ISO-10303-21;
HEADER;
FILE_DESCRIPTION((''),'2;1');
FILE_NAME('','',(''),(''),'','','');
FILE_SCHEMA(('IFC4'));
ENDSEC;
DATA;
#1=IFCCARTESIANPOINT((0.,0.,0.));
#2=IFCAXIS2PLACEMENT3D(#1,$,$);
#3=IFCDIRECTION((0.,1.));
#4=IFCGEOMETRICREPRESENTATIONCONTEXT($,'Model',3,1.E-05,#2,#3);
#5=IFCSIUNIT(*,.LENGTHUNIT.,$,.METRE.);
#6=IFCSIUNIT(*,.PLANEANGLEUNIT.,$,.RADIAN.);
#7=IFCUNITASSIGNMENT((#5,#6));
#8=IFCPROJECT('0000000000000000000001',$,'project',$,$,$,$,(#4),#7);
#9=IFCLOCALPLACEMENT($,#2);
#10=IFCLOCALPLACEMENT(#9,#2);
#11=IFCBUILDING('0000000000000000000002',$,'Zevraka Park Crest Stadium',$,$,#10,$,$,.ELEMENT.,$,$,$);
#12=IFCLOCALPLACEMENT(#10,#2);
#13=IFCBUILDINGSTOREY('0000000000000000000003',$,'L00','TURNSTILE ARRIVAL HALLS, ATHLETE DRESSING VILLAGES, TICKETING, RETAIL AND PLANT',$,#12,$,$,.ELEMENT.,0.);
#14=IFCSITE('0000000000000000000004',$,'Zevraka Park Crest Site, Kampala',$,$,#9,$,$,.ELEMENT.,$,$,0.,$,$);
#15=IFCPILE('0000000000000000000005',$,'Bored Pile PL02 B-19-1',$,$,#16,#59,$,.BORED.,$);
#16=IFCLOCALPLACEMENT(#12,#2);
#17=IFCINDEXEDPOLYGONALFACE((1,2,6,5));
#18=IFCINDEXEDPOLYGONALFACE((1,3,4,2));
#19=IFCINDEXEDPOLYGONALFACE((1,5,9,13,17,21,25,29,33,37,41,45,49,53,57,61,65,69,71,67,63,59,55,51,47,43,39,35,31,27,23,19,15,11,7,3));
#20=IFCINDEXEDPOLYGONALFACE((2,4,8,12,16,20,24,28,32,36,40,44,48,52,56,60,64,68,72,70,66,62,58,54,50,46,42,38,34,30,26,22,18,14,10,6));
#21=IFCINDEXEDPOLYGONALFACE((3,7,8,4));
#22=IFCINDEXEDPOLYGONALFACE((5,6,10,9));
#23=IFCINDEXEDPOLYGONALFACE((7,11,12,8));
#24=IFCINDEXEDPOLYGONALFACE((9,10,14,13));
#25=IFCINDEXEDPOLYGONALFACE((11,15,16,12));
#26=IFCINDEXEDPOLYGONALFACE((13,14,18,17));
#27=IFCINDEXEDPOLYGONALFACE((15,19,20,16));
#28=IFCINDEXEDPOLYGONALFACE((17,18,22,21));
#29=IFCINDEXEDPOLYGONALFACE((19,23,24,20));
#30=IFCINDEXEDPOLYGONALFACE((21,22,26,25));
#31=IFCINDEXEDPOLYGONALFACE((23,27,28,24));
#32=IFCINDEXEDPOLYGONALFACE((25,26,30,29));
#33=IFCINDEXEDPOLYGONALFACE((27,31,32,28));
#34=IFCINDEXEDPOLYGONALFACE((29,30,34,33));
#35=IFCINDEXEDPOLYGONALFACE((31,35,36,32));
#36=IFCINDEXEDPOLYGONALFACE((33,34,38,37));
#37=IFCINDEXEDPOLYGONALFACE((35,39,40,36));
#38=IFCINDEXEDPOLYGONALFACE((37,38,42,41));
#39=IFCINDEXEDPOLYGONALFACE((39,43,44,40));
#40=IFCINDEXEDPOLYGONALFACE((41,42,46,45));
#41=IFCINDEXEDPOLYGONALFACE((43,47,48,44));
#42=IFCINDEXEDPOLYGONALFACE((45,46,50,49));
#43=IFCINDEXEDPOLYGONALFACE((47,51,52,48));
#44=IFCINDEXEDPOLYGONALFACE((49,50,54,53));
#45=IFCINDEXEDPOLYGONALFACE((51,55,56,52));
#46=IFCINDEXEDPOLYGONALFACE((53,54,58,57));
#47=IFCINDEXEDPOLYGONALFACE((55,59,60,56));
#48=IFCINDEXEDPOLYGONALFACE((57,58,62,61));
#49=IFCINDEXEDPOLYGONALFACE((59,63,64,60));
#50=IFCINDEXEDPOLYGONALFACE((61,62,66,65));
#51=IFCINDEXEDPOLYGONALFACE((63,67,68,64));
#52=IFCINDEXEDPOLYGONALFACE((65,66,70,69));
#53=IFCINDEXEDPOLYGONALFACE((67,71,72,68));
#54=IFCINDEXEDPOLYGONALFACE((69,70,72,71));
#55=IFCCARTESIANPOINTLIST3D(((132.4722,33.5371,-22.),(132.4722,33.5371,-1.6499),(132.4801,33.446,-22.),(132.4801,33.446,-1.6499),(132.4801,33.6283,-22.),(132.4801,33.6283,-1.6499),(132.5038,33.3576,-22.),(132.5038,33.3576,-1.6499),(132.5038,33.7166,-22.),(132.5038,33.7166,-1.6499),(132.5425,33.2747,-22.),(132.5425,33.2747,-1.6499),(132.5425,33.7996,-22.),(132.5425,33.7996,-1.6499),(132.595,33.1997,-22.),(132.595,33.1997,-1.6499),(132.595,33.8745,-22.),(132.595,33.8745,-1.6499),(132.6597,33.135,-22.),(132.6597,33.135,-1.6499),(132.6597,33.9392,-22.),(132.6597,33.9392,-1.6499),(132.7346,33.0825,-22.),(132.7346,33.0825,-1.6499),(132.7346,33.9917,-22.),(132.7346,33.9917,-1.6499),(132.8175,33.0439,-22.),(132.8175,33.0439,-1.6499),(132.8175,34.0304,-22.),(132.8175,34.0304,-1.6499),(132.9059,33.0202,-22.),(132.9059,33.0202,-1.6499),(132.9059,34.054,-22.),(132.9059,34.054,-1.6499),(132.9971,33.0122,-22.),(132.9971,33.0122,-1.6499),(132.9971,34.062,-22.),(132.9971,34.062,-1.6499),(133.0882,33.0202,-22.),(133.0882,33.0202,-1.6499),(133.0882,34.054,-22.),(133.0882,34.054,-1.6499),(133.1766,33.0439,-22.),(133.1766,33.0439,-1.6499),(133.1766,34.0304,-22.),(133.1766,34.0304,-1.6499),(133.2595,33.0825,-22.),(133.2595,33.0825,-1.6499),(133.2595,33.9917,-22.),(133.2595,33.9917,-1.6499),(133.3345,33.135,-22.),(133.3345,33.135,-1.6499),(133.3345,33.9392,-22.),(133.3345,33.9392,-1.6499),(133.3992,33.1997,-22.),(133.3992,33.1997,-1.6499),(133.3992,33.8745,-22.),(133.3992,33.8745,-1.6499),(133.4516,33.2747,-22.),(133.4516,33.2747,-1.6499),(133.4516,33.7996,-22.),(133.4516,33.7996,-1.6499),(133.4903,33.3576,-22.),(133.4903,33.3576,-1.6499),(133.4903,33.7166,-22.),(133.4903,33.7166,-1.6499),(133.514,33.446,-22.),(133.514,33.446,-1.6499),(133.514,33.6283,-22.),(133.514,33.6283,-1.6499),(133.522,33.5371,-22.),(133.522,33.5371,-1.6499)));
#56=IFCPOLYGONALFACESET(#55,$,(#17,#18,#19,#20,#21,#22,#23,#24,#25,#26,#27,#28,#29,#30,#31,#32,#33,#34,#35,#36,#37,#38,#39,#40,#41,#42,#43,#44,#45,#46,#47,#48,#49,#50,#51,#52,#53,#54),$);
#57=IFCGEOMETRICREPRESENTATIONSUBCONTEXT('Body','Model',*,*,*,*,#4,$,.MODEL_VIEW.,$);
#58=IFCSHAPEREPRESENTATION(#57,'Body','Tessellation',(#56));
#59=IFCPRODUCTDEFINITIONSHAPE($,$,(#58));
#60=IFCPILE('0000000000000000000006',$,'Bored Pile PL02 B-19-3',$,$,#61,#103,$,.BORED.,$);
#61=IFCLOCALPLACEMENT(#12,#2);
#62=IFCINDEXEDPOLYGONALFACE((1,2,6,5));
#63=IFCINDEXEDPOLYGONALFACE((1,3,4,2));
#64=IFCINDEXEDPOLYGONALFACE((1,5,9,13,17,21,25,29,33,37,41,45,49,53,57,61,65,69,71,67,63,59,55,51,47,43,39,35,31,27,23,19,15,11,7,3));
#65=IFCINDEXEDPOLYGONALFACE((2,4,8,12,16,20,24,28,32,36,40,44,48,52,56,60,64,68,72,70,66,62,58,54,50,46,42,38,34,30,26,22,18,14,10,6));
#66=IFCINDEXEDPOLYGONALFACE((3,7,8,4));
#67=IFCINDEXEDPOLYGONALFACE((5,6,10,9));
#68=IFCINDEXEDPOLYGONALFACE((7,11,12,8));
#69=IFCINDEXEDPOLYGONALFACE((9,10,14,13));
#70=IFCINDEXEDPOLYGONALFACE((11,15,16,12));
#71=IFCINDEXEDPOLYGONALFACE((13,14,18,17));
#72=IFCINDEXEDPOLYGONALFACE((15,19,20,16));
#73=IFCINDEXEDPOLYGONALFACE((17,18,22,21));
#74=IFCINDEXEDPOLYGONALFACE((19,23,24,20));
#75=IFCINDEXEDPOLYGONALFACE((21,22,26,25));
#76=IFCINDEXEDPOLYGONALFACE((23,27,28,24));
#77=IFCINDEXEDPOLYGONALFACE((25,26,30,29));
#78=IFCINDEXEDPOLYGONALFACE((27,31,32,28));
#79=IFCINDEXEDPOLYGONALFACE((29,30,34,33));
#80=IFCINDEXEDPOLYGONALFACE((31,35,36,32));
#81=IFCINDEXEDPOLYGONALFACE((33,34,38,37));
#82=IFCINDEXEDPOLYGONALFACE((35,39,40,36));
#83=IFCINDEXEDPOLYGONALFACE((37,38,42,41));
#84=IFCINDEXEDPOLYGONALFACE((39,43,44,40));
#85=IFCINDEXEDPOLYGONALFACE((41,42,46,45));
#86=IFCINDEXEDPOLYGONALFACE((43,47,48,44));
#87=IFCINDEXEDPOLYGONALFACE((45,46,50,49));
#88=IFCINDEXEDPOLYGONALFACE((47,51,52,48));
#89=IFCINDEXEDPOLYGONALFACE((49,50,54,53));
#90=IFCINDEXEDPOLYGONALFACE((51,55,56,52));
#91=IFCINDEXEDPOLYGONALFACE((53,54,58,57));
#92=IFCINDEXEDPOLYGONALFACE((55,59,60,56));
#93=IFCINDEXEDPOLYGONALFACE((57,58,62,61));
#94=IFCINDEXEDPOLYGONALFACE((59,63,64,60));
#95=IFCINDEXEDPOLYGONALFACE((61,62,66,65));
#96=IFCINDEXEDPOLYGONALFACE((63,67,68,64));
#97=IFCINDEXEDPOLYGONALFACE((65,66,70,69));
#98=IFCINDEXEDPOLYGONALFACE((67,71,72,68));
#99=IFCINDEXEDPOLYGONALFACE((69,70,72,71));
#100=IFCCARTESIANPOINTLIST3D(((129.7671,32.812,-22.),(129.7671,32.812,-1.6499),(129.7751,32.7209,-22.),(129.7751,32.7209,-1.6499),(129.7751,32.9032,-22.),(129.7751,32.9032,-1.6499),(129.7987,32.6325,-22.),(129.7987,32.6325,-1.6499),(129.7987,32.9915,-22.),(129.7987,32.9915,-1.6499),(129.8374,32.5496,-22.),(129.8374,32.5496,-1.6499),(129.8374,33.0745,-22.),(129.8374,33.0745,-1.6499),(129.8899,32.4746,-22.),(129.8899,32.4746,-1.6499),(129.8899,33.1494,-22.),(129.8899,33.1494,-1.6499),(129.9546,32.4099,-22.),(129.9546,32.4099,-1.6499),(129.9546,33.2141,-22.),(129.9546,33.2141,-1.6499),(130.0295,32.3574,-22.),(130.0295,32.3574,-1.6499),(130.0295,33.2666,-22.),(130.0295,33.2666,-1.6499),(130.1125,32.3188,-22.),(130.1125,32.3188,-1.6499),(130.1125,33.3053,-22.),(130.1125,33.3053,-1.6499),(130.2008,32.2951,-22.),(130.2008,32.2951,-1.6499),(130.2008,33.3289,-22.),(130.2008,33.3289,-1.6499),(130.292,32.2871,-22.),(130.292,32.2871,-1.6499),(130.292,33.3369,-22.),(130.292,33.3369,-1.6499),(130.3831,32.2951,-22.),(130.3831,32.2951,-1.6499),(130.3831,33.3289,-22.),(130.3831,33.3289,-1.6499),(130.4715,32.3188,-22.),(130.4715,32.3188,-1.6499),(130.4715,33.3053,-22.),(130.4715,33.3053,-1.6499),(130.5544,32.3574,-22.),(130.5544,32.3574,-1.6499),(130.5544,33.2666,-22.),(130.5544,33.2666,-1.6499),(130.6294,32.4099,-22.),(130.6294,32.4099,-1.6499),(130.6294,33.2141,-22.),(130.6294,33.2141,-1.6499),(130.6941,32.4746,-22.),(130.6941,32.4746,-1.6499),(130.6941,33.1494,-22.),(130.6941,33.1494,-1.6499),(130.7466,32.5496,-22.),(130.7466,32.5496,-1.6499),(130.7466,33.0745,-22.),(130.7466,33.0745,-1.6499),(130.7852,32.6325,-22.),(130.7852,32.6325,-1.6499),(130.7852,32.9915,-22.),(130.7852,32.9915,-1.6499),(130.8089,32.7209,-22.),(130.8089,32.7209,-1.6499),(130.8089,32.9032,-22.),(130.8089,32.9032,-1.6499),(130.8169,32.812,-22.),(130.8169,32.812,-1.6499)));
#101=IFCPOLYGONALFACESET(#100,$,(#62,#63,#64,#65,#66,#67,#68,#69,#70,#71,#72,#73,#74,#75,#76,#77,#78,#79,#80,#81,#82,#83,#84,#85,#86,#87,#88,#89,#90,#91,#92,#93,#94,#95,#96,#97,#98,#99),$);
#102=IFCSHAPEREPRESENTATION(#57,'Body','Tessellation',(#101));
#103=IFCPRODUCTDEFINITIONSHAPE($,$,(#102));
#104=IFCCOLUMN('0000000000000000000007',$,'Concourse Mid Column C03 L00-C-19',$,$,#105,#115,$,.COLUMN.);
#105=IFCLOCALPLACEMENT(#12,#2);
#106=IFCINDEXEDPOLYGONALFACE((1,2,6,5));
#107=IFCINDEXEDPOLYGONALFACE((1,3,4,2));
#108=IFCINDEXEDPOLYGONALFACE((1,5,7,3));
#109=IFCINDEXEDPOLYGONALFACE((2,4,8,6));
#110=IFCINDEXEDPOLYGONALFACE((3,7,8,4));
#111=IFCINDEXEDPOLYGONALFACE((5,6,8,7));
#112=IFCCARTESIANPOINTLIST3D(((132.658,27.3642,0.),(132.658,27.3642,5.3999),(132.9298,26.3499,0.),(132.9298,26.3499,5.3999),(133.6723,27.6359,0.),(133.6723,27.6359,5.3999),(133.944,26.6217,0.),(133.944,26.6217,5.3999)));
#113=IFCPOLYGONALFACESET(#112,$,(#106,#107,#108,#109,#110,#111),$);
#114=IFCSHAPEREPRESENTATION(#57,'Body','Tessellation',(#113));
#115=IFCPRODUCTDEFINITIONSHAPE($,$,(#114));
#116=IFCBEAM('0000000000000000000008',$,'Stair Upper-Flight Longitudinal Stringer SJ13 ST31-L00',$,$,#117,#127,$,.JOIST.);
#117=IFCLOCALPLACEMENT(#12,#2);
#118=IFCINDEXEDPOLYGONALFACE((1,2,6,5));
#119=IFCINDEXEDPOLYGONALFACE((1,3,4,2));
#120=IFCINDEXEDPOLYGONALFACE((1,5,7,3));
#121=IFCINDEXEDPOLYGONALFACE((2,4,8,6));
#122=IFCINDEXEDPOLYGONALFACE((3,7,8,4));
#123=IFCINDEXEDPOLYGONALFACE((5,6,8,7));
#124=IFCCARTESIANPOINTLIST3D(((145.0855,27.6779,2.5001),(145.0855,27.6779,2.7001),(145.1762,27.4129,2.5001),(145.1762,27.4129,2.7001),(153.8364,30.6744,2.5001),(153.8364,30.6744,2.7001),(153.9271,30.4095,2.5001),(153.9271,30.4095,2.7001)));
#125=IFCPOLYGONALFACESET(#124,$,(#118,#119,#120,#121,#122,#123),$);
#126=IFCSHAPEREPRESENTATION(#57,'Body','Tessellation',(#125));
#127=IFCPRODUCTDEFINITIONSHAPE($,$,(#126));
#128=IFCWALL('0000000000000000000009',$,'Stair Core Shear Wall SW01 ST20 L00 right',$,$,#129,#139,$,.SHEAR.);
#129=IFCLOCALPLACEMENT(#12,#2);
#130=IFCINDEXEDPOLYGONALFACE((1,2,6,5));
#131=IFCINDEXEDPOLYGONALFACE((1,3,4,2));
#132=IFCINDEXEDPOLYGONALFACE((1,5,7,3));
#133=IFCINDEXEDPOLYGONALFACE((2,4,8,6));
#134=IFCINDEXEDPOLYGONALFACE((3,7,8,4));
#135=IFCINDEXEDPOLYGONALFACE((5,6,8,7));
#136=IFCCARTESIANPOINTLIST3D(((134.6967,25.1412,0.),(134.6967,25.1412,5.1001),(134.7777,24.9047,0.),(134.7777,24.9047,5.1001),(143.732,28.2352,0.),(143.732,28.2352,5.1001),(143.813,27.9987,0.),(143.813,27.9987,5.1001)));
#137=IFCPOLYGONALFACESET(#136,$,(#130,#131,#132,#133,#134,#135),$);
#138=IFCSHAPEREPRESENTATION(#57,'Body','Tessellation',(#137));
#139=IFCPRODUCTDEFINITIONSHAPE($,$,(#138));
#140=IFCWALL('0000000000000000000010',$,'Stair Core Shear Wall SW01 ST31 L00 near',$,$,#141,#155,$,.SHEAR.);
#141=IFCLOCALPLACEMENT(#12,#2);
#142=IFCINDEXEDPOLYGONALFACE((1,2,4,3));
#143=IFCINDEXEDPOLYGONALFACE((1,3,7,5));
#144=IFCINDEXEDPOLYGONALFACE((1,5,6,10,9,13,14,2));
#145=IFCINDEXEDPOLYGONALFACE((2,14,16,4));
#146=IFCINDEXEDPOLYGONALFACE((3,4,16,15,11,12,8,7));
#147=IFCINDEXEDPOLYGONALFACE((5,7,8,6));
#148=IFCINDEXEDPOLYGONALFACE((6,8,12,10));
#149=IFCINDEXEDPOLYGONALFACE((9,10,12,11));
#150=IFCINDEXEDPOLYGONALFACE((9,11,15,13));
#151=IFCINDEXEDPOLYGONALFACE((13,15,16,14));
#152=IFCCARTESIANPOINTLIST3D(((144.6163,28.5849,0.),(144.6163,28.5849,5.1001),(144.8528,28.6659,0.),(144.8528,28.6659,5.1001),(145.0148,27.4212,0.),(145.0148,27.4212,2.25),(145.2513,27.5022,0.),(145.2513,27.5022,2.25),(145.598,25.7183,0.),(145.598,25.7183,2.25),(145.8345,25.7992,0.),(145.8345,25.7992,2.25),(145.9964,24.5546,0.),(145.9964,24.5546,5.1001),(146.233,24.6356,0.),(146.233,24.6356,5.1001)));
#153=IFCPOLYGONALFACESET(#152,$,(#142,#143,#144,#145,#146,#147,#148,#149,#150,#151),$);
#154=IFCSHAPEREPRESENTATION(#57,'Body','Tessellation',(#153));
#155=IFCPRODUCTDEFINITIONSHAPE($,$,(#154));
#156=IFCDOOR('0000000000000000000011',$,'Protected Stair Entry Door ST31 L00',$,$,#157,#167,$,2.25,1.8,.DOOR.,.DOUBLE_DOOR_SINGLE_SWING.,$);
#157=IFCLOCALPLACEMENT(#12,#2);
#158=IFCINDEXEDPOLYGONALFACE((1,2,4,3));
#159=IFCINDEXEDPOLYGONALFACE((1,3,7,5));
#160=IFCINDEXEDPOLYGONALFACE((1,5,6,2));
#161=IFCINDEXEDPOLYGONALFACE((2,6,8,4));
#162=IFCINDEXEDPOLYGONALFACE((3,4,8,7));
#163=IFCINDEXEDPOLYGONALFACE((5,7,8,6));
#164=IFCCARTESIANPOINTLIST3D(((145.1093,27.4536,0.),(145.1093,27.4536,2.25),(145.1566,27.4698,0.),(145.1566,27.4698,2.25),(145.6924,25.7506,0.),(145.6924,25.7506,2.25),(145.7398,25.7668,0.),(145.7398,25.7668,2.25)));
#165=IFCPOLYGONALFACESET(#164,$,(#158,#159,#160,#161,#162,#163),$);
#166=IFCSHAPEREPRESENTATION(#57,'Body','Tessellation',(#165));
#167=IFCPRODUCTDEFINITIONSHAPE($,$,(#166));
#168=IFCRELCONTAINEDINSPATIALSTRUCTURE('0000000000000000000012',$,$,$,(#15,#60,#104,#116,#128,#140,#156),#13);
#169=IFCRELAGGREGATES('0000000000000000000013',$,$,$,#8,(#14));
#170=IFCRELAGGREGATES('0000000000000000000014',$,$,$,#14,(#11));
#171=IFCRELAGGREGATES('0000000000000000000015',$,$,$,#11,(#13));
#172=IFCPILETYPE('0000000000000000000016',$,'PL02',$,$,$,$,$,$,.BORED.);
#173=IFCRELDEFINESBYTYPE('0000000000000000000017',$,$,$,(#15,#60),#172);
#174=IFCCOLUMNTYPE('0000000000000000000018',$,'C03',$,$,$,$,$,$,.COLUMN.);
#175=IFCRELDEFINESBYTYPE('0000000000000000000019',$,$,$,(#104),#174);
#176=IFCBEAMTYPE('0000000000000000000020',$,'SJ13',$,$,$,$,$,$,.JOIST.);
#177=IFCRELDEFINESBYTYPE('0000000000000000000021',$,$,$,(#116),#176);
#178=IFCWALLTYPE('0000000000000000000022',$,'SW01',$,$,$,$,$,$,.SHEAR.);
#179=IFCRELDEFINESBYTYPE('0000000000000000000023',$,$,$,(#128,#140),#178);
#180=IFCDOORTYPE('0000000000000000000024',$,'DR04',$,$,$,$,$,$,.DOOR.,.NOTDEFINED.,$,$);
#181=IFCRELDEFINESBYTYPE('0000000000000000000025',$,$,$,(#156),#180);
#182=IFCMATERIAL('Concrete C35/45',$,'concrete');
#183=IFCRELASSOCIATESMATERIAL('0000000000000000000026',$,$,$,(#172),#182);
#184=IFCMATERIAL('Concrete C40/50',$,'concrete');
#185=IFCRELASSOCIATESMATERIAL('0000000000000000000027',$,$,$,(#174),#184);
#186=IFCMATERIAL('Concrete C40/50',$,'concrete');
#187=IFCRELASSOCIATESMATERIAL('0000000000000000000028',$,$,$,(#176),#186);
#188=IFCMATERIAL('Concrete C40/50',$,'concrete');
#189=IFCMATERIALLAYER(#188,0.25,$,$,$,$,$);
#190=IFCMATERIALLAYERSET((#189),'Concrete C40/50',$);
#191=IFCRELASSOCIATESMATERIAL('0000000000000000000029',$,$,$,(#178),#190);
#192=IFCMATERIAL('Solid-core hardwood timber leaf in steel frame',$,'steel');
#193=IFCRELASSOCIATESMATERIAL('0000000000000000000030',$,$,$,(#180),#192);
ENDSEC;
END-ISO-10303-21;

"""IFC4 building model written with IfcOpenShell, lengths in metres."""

from ifc_helpers import new_model, si_unit, direction, frame, frame_2d, origin, origin_2d, place, context, subcontext, project, spatial, rectangle, circle, extrude, material, layer, layer_set, material_profile, profile_set, type_object, element, fill, save


model = new_model("IFC4")

# Units and contexts
model_context = context("Model", 3, precision=1e-05, world=origin(), true_north=direction((0.0, 1.0)))
body_context = subcontext(model_context, "Body", "Model", "MODEL_VIEW")
ifc_project = project(units=[si_unit("LENGTHUNIT", "METRE"), si_unit("PLANEANGLEUNIT", "RADIAN")], contexts=[model_context])

# Site, building, storey
site_placement = place(None, origin())
site = spatial("IfcSite", under=ifc_project, at=site_placement, Name="Zevraka Park Crest Site, Kampala", CompositionType="ELEMENT", RefElevation=0.0)
building_placement = place(site_placement, origin())
building = spatial("IfcBuilding", under=site, at=building_placement, Name="Zevraka Park Crest Stadium", CompositionType="ELEMENT")
storey_placement = place(building_placement, origin())
storey = spatial("IfcBuildingStorey", under=building, at=storey_placement, Name="L00", Description="TURNSTILE ARRIVAL HALLS, ATHLETE DRESSING VILLAGES, TICKETING, RETAIL AND PLANT", CompositionType="ELEMENT", Elevation=0.0)

# Piles
ifc_material_1 = material(Name="Concrete C35/45", Category="concrete")
ifc_material_profile_1 = material_profile(ifc_material_1, circle(Radius=0.5249, at=origin_2d()), Name="PILE D1050")
ifc_profile_set_1 = profile_set([ifc_material_profile_1], Name="Concrete C35/45")
pile_type_1 = type_object("IfcPileType", Name="PL02", PredefinedType="BORED", material=ifc_profile_set_1)
for number, where, z_axis, x_axis, name in (
    (1, (132.9971, 33.5371, -1.6499), (0.0, 0.0, -1.0), (1.0, 0.0, 0.0), "Bored Pile PL02 B-19-1"),
    (2, (130.292, 32.812, -1.6499), (0.0, 0.0, -1.0), (1.0, 0.0, 0.0), "Bored Pile PL02 B-19-3"),
):
    element("IfcPile", number, at=place(storey_placement, frame(where, z_axis=z_axis, x_axis=x_axis)), inside=storey, type_object=pile_type_1, Name=name, PredefinedType="BORED", context=body_context, shape_type="SweptSolid", body=[
        extrude(circle(Radius=0.5249, at=origin_2d()), origin(), (0.0, 0.0, 1.0), 20.3501),
    ])

# Column
ifc_material_2 = material(Name="Concrete C40/50", Category="concrete")
ifc_material_profile_2 = material_profile(ifc_material_2, rectangle(XDim=1.05, YDim=1.05, at=origin_2d()), Name="RC 1050x1050")
ifc_profile_set_2 = profile_set([ifc_material_profile_2], Name="Concrete C40/50")
column_type = type_object("IfcColumnType", Name="C03", PredefinedType="COLUMN", material=ifc_profile_set_2)
column_placement = place(storey_placement, frame((133.301, 26.9929, 0.0), z_axis=(0.0, 0.0, 1.0), x_axis=(-0.258819, 0.965926, 0.0)))
element("IfcColumn", 3, at=column_placement, inside=storey, type_object=column_type, Name="Concourse Mid Column C03 L00-C-19", PredefinedType="COLUMN", context=body_context, shape_type="SweptSolid", body=[
    extrude(rectangle(XDim=1.05, YDim=1.05, at=origin_2d()), origin(), (0.0, 0.0, 1.0), 5.3999),
])

# Beam
ifc_material_3 = material(Name="Concrete C40/50", Category="concrete")
ifc_material_profile_3 = material_profile(ifc_material_3, rectangle(XDim=0.28, YDim=0.2, at=origin_2d()), Name="RC 200x280")
ifc_profile_set_3 = profile_set([ifc_material_profile_3], Name="Concrete C40/50")
beam_type = type_object("IfcBeamType", Name="SJ13", PredefinedType="JOIST", material=ifc_profile_set_3)
beam_placement = place(storey_placement, frame((145.1309, 27.5454, 2.6001), z_axis=(0.94607, 0.323961, 0.0), x_axis=(-0.323961, 0.94607, 0.0)))
element("IfcBeam", 4, at=beam_placement, inside=storey, type_object=beam_type, Name="Stair Upper-Flight Longitudinal Stringer SJ13 ST31-L00", PredefinedType="JOIST", context=body_context, shape_type="SweptSolid", body=[
    extrude(rectangle(XDim=0.28, YDim=0.2, at=origin_2d()), origin(), (0.0, 0.0, 1.0), 9.2498),
])

# Wall
ifc_material_4 = material(Name="Concrete C40/50", Category="concrete")
ifc_layer = layer(ifc_material_4, 0.25)
ifc_layer_set = layer_set([ifc_layer], Name="Concrete C40/50")
wall_type = type_object("IfcWallType", Name="SW01", PredefinedType="SHEAR", material=ifc_layer_set)
wall_1_placement = place(storey_placement, frame((143.7725, 28.1169, 0.0), z_axis=(0.0, 0.0, 1.0), x_axis=(-0.946067, -0.323971, 0.0)))
element("IfcWall", 5, at=wall_1_placement, inside=storey, type_object=wall_type, Name="Stair Core Shear Wall SW01 ST20 L00 right", PredefinedType="SHEAR", context=body_context, shape_type="SweptSolid", body=[
    extrude(rectangle(XDim=9.5503, YDim=0.25, at=frame_2d((4.7751, 0.0))), origin(), (0.0, 0.0, 1.0), 5.1001),
])

# Wall, opening, door
wall_2_placement = place(storey_placement, frame((144.7346, 28.6252, 0.0), z_axis=(0.0, 0.0, 1.0), x_axis=(0.323971, -0.946067, 0.0)))
wall_2 = element("IfcWall", 6, at=wall_2_placement, inside=storey, type_object=wall_type, Name="Stair Core Shear Wall SW01 ST31 L00 near", PredefinedType="SHEAR", context=body_context, shape_type="SweptSolid", body=[
    extrude(rectangle(XDim=4.26, YDim=0.25, at=frame_2d((2.1299, 0.0))), origin(), (0.0, 0.0, 1.0), 5.1001),
])
opening_placement = place(wall_2_placement, frame((1.23, 0.0, 0.0)))
opening = element("IfcOpeningElement", 7, at=opening_placement, cuts=wall_2, PredefinedType="OPENING", context=body_context, shape_type="SweptSolid", body=[
    extrude(rectangle(XDim=1.8, YDim=2.25, at=frame_2d((0.8999, 1.125))), frame((0.0, 0.135, 0.0), z_axis=(0.0, -1.0, 0.0), x_axis=(1.0, 0.0, 0.0)), (0.0, 0.0, 1.0), 0.27),
])
ifc_material_5 = material(Name="Solid-core hardwood timber leaf in steel frame", Category="steel")
door_type = type_object("IfcDoorType", Name="DR04", OperationType="NOTDEFINED", PredefinedType="DOOR", material=ifc_material_5)
door_placement = place(opening_placement, origin())
door = element("IfcDoor", 8, at=door_placement, inside=storey, type_object=door_type, Name="Protected Stair Entry Door ST31 L00", OperationType="DOUBLE_DOOR_SINGLE_SWING", OverallHeight=2.25, OverallWidth=1.8, PredefinedType="DOOR", context=body_context, shape_type="SweptSolid", body=[
    extrude(rectangle(XDim=1.8, YDim=2.25, at=frame_2d((0.8999, 1.125))), frame((0.0, 0.0249, 0.0), z_axis=(0.0, -1.0, 0.0), x_axis=(1.0, 0.0, 0.0)), (0.0, 0.0, 1.0), 0.05),
])
fill(opening, door)

save(model, "model.ifc")
